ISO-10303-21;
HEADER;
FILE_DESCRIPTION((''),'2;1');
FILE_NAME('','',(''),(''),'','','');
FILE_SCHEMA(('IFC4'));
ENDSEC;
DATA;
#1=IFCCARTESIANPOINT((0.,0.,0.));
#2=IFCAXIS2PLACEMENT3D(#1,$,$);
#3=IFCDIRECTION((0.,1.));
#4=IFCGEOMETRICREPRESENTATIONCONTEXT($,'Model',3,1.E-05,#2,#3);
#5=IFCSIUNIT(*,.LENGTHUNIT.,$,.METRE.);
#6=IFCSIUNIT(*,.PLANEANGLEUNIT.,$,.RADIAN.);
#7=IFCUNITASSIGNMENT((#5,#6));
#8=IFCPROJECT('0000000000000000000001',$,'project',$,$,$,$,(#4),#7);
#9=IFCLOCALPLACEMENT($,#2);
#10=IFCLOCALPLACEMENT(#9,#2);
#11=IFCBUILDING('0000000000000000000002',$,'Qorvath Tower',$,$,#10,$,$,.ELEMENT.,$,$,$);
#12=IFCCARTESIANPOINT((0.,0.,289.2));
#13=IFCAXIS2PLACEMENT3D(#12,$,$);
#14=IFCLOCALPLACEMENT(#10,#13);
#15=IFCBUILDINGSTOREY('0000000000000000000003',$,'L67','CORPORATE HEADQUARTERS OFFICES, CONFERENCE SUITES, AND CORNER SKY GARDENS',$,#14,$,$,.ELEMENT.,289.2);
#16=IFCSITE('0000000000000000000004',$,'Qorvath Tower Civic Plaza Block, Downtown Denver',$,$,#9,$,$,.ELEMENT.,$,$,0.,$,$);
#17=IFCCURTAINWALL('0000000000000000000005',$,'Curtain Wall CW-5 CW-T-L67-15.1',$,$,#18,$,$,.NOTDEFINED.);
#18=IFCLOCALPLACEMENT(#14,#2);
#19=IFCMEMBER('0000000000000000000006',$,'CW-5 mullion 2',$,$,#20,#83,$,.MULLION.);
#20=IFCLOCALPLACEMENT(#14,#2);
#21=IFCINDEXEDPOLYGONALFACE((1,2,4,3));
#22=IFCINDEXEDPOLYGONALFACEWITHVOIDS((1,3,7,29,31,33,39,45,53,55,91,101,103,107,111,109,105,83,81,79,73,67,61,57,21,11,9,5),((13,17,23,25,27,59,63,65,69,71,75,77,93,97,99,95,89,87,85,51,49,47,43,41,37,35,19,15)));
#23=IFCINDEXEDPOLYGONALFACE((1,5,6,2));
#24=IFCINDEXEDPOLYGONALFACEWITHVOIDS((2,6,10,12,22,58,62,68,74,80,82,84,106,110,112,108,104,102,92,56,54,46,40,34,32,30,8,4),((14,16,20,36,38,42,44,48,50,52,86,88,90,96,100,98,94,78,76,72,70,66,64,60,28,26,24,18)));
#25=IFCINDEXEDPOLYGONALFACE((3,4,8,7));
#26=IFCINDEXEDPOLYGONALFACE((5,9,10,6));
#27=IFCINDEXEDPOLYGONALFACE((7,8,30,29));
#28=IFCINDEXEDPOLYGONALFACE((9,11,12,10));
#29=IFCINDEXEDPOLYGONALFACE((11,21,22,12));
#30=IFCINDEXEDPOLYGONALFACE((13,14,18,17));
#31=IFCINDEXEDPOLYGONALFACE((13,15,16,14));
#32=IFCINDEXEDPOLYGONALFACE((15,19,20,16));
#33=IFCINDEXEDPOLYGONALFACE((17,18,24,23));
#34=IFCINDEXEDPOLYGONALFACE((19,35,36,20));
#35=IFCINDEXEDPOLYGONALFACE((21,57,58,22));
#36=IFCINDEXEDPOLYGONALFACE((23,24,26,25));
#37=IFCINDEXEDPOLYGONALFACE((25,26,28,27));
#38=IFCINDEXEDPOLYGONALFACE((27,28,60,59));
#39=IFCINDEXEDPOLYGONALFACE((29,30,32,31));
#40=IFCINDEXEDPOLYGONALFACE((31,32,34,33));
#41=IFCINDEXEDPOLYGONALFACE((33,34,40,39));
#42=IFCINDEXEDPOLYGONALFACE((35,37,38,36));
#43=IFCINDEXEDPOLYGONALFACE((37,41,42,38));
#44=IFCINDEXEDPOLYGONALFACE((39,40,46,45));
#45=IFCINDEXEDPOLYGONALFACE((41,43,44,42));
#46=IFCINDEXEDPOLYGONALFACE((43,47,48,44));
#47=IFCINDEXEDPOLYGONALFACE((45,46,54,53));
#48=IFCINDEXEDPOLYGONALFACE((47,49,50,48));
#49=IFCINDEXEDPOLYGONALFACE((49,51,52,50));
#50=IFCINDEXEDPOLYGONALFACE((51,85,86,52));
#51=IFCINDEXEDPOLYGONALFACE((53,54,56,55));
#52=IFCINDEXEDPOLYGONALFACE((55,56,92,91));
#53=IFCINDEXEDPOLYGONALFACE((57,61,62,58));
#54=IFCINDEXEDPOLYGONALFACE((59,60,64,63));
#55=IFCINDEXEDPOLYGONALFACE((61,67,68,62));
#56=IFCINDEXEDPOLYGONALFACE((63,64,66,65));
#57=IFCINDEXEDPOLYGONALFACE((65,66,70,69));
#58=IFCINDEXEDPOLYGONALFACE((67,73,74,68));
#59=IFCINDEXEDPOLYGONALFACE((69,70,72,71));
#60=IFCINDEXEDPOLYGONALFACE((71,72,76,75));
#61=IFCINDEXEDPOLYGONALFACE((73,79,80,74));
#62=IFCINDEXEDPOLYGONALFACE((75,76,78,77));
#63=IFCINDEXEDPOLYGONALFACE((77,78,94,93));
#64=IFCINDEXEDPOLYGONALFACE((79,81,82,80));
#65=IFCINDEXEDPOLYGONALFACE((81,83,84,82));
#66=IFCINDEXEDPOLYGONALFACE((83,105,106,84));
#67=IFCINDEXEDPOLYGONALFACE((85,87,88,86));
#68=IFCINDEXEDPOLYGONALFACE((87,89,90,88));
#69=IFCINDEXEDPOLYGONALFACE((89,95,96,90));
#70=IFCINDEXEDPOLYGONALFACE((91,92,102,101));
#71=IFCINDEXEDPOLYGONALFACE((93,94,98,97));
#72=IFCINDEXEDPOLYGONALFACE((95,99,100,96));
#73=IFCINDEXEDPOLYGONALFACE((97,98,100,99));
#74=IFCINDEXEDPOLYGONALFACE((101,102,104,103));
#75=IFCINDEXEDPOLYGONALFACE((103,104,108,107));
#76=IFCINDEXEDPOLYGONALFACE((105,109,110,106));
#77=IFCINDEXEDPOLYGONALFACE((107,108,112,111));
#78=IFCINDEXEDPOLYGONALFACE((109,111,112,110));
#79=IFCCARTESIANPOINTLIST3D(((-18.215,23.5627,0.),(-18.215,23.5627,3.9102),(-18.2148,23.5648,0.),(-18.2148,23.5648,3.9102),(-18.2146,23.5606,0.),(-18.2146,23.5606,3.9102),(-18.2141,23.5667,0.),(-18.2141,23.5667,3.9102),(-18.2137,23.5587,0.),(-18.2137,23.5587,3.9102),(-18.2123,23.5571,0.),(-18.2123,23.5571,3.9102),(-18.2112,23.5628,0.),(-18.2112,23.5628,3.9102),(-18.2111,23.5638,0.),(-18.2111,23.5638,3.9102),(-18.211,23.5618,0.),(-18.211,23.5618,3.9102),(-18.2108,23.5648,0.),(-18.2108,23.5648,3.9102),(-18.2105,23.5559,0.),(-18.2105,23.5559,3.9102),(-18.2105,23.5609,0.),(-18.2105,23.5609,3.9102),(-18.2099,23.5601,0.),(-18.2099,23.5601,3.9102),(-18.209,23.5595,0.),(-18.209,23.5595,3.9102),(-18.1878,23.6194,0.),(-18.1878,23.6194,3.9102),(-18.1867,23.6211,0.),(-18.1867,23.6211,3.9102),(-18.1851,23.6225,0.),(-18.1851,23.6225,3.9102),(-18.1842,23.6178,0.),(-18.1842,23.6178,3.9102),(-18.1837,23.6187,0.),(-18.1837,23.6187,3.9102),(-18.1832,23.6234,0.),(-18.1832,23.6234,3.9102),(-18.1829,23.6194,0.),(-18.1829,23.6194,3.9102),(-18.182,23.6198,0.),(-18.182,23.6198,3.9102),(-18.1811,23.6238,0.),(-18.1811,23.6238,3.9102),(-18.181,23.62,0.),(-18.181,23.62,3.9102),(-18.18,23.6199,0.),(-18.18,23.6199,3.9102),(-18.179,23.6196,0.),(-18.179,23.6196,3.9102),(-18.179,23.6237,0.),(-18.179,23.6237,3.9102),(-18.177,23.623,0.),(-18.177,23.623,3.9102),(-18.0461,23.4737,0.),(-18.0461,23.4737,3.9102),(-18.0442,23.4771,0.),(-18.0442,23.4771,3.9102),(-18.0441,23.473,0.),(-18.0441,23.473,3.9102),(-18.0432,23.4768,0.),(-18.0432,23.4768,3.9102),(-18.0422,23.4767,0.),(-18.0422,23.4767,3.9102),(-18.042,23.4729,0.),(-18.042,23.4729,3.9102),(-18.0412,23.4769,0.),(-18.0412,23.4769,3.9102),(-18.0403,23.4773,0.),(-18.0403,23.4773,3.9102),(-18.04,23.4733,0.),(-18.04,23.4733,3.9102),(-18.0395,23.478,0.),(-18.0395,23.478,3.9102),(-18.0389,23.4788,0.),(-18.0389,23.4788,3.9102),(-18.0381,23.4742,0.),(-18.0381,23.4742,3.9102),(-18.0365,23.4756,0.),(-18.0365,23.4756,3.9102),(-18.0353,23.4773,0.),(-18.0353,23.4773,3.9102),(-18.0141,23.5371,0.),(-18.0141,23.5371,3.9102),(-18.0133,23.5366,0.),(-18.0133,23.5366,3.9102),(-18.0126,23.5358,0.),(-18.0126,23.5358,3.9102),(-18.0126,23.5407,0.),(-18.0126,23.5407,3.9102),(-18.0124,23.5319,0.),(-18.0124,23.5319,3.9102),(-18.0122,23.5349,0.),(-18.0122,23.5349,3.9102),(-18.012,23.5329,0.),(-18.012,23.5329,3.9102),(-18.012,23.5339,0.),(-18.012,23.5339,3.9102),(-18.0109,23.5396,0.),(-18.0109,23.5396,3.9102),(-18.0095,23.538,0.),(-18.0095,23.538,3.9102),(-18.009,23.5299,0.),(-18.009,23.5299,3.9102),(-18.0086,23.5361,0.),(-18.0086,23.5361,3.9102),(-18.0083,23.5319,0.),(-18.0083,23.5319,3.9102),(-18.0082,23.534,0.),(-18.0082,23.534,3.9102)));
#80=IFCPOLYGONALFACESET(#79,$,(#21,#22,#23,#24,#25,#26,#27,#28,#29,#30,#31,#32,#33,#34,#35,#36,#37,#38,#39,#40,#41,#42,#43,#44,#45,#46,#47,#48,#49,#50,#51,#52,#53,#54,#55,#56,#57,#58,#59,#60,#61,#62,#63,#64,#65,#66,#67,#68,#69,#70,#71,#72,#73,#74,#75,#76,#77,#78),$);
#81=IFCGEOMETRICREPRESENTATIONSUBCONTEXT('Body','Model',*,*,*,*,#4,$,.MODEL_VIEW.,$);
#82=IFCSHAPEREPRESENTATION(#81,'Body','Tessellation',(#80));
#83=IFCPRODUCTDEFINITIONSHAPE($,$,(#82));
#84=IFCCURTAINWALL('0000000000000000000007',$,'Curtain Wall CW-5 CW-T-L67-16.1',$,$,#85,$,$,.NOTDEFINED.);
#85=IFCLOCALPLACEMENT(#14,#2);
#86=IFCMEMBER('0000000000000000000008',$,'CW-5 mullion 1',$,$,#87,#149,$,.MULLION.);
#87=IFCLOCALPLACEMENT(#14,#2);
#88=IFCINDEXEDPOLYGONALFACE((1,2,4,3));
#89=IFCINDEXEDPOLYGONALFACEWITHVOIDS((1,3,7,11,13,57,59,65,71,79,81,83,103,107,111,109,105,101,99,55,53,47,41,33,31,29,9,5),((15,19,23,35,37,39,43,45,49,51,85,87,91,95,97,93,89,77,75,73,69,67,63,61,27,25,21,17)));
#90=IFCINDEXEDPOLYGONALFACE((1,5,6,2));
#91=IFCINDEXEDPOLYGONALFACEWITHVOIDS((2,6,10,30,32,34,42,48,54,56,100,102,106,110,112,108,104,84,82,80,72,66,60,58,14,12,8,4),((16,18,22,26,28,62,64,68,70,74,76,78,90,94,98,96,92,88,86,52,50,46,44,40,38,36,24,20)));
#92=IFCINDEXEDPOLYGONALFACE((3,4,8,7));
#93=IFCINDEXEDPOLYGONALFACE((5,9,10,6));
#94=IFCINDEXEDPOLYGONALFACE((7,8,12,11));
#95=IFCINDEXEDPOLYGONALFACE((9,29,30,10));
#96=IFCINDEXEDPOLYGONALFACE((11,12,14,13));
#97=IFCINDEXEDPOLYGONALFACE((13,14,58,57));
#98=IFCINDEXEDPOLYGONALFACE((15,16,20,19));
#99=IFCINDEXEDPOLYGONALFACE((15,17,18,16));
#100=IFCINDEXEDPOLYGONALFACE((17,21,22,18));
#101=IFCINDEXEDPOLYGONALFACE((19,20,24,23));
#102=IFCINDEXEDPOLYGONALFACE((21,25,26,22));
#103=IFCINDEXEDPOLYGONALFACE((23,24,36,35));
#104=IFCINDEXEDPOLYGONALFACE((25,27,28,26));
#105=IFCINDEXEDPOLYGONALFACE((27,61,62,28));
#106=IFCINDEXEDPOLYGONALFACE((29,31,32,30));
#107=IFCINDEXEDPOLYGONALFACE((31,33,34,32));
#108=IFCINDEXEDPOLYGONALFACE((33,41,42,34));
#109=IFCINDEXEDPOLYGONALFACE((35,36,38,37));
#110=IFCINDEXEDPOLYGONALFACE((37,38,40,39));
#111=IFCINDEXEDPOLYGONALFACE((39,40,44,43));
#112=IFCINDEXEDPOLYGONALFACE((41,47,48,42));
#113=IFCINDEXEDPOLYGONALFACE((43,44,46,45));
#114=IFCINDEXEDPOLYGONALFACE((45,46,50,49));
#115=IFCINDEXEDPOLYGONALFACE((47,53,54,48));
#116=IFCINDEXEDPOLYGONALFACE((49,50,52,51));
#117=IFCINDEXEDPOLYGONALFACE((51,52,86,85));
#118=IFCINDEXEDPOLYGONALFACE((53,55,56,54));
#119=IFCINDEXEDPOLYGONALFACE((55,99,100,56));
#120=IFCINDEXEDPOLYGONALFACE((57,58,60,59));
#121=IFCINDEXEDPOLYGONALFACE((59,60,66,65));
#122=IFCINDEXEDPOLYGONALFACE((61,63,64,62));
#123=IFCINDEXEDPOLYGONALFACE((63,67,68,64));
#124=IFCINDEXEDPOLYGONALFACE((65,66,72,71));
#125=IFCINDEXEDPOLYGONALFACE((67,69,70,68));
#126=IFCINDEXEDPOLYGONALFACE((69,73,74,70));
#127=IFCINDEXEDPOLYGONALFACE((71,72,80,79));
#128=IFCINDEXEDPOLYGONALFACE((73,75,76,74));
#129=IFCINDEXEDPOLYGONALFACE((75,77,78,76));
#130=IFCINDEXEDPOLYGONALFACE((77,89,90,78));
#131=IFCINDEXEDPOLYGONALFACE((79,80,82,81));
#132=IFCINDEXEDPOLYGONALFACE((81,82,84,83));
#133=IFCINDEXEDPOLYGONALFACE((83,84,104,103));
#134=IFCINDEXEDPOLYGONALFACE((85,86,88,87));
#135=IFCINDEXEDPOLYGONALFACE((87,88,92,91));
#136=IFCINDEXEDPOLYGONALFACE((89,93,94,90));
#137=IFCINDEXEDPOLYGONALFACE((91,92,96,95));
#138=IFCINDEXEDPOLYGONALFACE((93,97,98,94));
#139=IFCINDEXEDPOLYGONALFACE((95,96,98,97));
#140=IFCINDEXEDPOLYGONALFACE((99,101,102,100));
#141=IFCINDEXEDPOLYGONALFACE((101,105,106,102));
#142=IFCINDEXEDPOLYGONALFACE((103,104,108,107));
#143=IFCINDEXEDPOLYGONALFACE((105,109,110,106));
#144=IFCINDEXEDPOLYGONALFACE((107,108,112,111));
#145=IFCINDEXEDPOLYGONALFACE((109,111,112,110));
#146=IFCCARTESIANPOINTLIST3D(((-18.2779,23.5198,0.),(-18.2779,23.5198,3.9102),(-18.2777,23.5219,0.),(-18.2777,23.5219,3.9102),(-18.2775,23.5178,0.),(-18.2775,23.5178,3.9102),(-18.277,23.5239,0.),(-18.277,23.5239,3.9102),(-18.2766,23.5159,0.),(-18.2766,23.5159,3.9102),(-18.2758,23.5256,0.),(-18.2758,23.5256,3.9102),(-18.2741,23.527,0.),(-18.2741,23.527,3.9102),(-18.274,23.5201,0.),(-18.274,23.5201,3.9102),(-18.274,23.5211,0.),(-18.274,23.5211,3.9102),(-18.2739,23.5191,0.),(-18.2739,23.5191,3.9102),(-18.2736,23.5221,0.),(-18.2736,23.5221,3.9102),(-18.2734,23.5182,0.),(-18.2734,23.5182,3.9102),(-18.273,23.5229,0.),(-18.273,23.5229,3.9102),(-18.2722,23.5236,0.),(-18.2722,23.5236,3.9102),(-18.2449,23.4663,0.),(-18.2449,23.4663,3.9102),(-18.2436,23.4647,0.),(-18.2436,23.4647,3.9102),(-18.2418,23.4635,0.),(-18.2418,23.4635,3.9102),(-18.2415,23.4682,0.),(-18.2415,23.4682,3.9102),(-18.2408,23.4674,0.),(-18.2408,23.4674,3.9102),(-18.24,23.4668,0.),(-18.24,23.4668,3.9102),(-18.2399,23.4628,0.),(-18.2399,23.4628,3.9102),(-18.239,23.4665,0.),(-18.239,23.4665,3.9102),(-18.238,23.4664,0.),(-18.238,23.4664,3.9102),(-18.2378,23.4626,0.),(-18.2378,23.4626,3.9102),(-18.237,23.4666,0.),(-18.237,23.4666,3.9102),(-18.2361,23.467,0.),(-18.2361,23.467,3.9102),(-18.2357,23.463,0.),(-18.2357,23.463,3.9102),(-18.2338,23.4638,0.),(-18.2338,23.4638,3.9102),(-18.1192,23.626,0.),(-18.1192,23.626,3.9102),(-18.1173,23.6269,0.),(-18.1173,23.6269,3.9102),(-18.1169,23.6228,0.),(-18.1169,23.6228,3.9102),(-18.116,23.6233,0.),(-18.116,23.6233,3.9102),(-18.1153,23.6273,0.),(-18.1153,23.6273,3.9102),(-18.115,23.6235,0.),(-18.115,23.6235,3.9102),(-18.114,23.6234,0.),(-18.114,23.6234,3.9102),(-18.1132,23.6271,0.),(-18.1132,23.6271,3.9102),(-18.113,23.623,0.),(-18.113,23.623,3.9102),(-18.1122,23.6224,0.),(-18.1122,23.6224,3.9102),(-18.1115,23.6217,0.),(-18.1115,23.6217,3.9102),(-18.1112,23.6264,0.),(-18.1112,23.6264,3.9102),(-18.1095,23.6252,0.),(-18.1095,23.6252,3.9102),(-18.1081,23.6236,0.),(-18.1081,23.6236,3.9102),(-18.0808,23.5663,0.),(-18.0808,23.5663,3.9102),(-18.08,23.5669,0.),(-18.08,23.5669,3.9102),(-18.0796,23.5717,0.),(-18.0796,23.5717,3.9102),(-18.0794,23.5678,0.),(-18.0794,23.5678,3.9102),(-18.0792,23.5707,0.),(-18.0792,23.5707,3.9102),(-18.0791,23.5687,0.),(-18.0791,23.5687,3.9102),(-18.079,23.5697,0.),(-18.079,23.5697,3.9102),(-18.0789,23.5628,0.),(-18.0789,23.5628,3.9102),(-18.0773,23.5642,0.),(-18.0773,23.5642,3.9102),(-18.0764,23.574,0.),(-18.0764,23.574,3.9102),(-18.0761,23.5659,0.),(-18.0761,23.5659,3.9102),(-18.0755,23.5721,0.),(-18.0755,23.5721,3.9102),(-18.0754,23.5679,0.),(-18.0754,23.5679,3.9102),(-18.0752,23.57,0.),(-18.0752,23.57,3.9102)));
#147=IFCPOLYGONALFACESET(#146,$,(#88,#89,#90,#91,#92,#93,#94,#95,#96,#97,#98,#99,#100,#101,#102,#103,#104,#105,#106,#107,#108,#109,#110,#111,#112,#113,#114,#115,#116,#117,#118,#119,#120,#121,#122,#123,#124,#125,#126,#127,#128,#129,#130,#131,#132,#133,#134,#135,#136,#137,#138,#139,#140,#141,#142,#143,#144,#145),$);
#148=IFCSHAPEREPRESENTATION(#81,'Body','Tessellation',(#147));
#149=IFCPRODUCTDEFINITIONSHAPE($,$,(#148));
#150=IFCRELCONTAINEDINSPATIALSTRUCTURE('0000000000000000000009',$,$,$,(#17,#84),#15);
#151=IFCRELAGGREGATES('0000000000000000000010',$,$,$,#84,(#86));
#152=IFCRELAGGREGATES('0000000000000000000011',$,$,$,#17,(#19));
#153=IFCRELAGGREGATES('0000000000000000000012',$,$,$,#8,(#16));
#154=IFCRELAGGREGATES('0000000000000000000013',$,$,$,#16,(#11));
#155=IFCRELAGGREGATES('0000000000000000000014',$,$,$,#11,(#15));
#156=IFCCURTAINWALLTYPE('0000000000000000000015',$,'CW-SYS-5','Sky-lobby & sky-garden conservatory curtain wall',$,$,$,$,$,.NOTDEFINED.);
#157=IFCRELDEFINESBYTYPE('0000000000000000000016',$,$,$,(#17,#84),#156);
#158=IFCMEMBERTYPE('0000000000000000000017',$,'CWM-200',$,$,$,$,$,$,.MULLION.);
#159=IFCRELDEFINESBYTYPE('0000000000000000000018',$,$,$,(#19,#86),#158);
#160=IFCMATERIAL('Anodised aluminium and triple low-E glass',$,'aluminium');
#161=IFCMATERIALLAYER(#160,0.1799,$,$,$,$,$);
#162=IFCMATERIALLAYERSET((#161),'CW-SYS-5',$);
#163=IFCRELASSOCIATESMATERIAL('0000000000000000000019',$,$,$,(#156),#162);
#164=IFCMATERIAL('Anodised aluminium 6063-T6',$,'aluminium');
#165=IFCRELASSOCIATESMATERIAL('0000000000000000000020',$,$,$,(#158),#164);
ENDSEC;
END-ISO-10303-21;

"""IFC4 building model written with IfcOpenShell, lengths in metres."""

from ifc_helpers import new_model, si_unit, direction, frame, origin, origin_2d, place, context, subcontext, project, spatial, hollow_rectangle, extrude, material, layer, layer_set, material_profile, profile_set, type_object, element, aggregate, save


model = new_model("IFC4")

# Units and contexts
model_context = context("Model", 3, precision=1e-05, world=origin(), true_north=direction((0.0, 1.0)))
body_context = subcontext(model_context, "Body", "Model", "MODEL_VIEW")
ifc_project = project(units=[si_unit("LENGTHUNIT", "METRE"), si_unit("PLANEANGLEUNIT", "RADIAN")], contexts=[model_context])

# Site, building, storey
site_placement = place(None, origin())
site = spatial("IfcSite", under=ifc_project, at=site_placement, Name="Qorvath Tower Civic Plaza Block, Downtown Denver", CompositionType="ELEMENT", RefElevation=0.0)
building_placement = place(site_placement, origin())
building = spatial("IfcBuilding", under=site, at=building_placement, Name="Qorvath Tower", CompositionType="ELEMENT")
storey_placement = place(building_placement, frame((0.0, 0.0, 289.2)))
storey = spatial("IfcBuildingStorey", under=building, at=storey_placement, Name="L67", Description="CORPORATE HEADQUARTERS OFFICES, CONFERENCE SUITES, AND CORNER SKY GARDENS", CompositionType="ELEMENT", Elevation=289.2)

# Shared definitions
ifc_material_1 = material(Name="Anodised aluminium and triple low-E glass", Category="aluminium")
ifc_layer_1 = layer(ifc_material_1, 0.1799)
ifc_layer_set_1 = layer_set([ifc_layer_1], Name="CW-SYS-5")
curtain_wall_type = type_object("IfcCurtainWallType", Name="CW-SYS-5", Description="Sky-lobby & sky-garden conservatory curtain wall", PredefinedType="NOTDEFINED", material=ifc_layer_set_1)
ifc_material_2 = material(Name="Anodised aluminium 6063-T6", Category="aluminium")
ifc_material_profile_1 = material_profile(ifc_material_2, hollow_rectangle(XDim=0.075, YDim=0.2, WallThickness=0.0039, InnerFilletRadius=0.0039, OuterFilletRadius=0.0081, at=origin_2d()), Name="CWM 200x75")
ifc_profile_set_1 = profile_set([ifc_material_profile_1], Name="Anodised aluminium 6063-T6")
member_type_1 = type_object("IfcMemberType", Name="CWM-200", PredefinedType="MULLION", material=ifc_profile_set_1)

# Curtain wall, member
curtain_wall_1_placement = place(storey_placement, origin())
curtain_wall_1 = element("IfcCurtainWall", 1, at=curtain_wall_1_placement, inside=storey, type_object=curtain_wall_type, Name="Curtain Wall CW-5 CW-T-L67-15.1", PredefinedType="NOTDEFINED")
member_1_placement = place(storey_placement, frame((-18.1116, 23.5483, 0.0), z_axis=(0.0, 0.0, 1.0), x_axis=(-0.447256, -0.894406, 0.0)))
member_1 = element("IfcMember", 2, at=member_1_placement, type_object=member_type_1, Name="CW-5 mullion 2", PredefinedType="MULLION", context=body_context, shape_type="SweptSolid", body=[
    extrude(hollow_rectangle(XDim=0.075, YDim=0.2, WallThickness=0.0039, InnerFilletRadius=0.0039, OuterFilletRadius=0.0081, at=origin_2d()), origin(), (0.0, 0.0, 1.0), 3.9102),
])

# Curtain wall, member
curtain_wall_2_placement = place(storey_placement, origin())
curtain_wall_2 = element("IfcCurtainWall", 3, at=curtain_wall_2_placement, inside=storey, type_object=curtain_wall_type, Name="Curtain Wall CW-5 CW-T-L67-16.1", PredefinedType="NOTDEFINED")
member_2_placement = place(storey_placement, frame((-18.1765, 23.5449, 0.0), z_axis=(0.0, 0.0, 1.0), x_axis=(0.538537, -0.842602, 0.0)))
member_2 = element("IfcMember", 4, at=member_2_placement, type_object=member_type_1, Name="CW-5 mullion 1", PredefinedType="MULLION", context=body_context, shape_type="SweptSolid", body=[
    extrude(hollow_rectangle(XDim=0.075, YDim=0.2, WallThickness=0.0039, InnerFilletRadius=0.0039, OuterFilletRadius=0.0081, at=origin_2d()), origin(), (0.0, 0.0, 1.0), 3.9102),
])

aggregate(curtain_wall_2, [member_2])

aggregate(curtain_wall_1, [member_1])

save(model, "model.ifc")
